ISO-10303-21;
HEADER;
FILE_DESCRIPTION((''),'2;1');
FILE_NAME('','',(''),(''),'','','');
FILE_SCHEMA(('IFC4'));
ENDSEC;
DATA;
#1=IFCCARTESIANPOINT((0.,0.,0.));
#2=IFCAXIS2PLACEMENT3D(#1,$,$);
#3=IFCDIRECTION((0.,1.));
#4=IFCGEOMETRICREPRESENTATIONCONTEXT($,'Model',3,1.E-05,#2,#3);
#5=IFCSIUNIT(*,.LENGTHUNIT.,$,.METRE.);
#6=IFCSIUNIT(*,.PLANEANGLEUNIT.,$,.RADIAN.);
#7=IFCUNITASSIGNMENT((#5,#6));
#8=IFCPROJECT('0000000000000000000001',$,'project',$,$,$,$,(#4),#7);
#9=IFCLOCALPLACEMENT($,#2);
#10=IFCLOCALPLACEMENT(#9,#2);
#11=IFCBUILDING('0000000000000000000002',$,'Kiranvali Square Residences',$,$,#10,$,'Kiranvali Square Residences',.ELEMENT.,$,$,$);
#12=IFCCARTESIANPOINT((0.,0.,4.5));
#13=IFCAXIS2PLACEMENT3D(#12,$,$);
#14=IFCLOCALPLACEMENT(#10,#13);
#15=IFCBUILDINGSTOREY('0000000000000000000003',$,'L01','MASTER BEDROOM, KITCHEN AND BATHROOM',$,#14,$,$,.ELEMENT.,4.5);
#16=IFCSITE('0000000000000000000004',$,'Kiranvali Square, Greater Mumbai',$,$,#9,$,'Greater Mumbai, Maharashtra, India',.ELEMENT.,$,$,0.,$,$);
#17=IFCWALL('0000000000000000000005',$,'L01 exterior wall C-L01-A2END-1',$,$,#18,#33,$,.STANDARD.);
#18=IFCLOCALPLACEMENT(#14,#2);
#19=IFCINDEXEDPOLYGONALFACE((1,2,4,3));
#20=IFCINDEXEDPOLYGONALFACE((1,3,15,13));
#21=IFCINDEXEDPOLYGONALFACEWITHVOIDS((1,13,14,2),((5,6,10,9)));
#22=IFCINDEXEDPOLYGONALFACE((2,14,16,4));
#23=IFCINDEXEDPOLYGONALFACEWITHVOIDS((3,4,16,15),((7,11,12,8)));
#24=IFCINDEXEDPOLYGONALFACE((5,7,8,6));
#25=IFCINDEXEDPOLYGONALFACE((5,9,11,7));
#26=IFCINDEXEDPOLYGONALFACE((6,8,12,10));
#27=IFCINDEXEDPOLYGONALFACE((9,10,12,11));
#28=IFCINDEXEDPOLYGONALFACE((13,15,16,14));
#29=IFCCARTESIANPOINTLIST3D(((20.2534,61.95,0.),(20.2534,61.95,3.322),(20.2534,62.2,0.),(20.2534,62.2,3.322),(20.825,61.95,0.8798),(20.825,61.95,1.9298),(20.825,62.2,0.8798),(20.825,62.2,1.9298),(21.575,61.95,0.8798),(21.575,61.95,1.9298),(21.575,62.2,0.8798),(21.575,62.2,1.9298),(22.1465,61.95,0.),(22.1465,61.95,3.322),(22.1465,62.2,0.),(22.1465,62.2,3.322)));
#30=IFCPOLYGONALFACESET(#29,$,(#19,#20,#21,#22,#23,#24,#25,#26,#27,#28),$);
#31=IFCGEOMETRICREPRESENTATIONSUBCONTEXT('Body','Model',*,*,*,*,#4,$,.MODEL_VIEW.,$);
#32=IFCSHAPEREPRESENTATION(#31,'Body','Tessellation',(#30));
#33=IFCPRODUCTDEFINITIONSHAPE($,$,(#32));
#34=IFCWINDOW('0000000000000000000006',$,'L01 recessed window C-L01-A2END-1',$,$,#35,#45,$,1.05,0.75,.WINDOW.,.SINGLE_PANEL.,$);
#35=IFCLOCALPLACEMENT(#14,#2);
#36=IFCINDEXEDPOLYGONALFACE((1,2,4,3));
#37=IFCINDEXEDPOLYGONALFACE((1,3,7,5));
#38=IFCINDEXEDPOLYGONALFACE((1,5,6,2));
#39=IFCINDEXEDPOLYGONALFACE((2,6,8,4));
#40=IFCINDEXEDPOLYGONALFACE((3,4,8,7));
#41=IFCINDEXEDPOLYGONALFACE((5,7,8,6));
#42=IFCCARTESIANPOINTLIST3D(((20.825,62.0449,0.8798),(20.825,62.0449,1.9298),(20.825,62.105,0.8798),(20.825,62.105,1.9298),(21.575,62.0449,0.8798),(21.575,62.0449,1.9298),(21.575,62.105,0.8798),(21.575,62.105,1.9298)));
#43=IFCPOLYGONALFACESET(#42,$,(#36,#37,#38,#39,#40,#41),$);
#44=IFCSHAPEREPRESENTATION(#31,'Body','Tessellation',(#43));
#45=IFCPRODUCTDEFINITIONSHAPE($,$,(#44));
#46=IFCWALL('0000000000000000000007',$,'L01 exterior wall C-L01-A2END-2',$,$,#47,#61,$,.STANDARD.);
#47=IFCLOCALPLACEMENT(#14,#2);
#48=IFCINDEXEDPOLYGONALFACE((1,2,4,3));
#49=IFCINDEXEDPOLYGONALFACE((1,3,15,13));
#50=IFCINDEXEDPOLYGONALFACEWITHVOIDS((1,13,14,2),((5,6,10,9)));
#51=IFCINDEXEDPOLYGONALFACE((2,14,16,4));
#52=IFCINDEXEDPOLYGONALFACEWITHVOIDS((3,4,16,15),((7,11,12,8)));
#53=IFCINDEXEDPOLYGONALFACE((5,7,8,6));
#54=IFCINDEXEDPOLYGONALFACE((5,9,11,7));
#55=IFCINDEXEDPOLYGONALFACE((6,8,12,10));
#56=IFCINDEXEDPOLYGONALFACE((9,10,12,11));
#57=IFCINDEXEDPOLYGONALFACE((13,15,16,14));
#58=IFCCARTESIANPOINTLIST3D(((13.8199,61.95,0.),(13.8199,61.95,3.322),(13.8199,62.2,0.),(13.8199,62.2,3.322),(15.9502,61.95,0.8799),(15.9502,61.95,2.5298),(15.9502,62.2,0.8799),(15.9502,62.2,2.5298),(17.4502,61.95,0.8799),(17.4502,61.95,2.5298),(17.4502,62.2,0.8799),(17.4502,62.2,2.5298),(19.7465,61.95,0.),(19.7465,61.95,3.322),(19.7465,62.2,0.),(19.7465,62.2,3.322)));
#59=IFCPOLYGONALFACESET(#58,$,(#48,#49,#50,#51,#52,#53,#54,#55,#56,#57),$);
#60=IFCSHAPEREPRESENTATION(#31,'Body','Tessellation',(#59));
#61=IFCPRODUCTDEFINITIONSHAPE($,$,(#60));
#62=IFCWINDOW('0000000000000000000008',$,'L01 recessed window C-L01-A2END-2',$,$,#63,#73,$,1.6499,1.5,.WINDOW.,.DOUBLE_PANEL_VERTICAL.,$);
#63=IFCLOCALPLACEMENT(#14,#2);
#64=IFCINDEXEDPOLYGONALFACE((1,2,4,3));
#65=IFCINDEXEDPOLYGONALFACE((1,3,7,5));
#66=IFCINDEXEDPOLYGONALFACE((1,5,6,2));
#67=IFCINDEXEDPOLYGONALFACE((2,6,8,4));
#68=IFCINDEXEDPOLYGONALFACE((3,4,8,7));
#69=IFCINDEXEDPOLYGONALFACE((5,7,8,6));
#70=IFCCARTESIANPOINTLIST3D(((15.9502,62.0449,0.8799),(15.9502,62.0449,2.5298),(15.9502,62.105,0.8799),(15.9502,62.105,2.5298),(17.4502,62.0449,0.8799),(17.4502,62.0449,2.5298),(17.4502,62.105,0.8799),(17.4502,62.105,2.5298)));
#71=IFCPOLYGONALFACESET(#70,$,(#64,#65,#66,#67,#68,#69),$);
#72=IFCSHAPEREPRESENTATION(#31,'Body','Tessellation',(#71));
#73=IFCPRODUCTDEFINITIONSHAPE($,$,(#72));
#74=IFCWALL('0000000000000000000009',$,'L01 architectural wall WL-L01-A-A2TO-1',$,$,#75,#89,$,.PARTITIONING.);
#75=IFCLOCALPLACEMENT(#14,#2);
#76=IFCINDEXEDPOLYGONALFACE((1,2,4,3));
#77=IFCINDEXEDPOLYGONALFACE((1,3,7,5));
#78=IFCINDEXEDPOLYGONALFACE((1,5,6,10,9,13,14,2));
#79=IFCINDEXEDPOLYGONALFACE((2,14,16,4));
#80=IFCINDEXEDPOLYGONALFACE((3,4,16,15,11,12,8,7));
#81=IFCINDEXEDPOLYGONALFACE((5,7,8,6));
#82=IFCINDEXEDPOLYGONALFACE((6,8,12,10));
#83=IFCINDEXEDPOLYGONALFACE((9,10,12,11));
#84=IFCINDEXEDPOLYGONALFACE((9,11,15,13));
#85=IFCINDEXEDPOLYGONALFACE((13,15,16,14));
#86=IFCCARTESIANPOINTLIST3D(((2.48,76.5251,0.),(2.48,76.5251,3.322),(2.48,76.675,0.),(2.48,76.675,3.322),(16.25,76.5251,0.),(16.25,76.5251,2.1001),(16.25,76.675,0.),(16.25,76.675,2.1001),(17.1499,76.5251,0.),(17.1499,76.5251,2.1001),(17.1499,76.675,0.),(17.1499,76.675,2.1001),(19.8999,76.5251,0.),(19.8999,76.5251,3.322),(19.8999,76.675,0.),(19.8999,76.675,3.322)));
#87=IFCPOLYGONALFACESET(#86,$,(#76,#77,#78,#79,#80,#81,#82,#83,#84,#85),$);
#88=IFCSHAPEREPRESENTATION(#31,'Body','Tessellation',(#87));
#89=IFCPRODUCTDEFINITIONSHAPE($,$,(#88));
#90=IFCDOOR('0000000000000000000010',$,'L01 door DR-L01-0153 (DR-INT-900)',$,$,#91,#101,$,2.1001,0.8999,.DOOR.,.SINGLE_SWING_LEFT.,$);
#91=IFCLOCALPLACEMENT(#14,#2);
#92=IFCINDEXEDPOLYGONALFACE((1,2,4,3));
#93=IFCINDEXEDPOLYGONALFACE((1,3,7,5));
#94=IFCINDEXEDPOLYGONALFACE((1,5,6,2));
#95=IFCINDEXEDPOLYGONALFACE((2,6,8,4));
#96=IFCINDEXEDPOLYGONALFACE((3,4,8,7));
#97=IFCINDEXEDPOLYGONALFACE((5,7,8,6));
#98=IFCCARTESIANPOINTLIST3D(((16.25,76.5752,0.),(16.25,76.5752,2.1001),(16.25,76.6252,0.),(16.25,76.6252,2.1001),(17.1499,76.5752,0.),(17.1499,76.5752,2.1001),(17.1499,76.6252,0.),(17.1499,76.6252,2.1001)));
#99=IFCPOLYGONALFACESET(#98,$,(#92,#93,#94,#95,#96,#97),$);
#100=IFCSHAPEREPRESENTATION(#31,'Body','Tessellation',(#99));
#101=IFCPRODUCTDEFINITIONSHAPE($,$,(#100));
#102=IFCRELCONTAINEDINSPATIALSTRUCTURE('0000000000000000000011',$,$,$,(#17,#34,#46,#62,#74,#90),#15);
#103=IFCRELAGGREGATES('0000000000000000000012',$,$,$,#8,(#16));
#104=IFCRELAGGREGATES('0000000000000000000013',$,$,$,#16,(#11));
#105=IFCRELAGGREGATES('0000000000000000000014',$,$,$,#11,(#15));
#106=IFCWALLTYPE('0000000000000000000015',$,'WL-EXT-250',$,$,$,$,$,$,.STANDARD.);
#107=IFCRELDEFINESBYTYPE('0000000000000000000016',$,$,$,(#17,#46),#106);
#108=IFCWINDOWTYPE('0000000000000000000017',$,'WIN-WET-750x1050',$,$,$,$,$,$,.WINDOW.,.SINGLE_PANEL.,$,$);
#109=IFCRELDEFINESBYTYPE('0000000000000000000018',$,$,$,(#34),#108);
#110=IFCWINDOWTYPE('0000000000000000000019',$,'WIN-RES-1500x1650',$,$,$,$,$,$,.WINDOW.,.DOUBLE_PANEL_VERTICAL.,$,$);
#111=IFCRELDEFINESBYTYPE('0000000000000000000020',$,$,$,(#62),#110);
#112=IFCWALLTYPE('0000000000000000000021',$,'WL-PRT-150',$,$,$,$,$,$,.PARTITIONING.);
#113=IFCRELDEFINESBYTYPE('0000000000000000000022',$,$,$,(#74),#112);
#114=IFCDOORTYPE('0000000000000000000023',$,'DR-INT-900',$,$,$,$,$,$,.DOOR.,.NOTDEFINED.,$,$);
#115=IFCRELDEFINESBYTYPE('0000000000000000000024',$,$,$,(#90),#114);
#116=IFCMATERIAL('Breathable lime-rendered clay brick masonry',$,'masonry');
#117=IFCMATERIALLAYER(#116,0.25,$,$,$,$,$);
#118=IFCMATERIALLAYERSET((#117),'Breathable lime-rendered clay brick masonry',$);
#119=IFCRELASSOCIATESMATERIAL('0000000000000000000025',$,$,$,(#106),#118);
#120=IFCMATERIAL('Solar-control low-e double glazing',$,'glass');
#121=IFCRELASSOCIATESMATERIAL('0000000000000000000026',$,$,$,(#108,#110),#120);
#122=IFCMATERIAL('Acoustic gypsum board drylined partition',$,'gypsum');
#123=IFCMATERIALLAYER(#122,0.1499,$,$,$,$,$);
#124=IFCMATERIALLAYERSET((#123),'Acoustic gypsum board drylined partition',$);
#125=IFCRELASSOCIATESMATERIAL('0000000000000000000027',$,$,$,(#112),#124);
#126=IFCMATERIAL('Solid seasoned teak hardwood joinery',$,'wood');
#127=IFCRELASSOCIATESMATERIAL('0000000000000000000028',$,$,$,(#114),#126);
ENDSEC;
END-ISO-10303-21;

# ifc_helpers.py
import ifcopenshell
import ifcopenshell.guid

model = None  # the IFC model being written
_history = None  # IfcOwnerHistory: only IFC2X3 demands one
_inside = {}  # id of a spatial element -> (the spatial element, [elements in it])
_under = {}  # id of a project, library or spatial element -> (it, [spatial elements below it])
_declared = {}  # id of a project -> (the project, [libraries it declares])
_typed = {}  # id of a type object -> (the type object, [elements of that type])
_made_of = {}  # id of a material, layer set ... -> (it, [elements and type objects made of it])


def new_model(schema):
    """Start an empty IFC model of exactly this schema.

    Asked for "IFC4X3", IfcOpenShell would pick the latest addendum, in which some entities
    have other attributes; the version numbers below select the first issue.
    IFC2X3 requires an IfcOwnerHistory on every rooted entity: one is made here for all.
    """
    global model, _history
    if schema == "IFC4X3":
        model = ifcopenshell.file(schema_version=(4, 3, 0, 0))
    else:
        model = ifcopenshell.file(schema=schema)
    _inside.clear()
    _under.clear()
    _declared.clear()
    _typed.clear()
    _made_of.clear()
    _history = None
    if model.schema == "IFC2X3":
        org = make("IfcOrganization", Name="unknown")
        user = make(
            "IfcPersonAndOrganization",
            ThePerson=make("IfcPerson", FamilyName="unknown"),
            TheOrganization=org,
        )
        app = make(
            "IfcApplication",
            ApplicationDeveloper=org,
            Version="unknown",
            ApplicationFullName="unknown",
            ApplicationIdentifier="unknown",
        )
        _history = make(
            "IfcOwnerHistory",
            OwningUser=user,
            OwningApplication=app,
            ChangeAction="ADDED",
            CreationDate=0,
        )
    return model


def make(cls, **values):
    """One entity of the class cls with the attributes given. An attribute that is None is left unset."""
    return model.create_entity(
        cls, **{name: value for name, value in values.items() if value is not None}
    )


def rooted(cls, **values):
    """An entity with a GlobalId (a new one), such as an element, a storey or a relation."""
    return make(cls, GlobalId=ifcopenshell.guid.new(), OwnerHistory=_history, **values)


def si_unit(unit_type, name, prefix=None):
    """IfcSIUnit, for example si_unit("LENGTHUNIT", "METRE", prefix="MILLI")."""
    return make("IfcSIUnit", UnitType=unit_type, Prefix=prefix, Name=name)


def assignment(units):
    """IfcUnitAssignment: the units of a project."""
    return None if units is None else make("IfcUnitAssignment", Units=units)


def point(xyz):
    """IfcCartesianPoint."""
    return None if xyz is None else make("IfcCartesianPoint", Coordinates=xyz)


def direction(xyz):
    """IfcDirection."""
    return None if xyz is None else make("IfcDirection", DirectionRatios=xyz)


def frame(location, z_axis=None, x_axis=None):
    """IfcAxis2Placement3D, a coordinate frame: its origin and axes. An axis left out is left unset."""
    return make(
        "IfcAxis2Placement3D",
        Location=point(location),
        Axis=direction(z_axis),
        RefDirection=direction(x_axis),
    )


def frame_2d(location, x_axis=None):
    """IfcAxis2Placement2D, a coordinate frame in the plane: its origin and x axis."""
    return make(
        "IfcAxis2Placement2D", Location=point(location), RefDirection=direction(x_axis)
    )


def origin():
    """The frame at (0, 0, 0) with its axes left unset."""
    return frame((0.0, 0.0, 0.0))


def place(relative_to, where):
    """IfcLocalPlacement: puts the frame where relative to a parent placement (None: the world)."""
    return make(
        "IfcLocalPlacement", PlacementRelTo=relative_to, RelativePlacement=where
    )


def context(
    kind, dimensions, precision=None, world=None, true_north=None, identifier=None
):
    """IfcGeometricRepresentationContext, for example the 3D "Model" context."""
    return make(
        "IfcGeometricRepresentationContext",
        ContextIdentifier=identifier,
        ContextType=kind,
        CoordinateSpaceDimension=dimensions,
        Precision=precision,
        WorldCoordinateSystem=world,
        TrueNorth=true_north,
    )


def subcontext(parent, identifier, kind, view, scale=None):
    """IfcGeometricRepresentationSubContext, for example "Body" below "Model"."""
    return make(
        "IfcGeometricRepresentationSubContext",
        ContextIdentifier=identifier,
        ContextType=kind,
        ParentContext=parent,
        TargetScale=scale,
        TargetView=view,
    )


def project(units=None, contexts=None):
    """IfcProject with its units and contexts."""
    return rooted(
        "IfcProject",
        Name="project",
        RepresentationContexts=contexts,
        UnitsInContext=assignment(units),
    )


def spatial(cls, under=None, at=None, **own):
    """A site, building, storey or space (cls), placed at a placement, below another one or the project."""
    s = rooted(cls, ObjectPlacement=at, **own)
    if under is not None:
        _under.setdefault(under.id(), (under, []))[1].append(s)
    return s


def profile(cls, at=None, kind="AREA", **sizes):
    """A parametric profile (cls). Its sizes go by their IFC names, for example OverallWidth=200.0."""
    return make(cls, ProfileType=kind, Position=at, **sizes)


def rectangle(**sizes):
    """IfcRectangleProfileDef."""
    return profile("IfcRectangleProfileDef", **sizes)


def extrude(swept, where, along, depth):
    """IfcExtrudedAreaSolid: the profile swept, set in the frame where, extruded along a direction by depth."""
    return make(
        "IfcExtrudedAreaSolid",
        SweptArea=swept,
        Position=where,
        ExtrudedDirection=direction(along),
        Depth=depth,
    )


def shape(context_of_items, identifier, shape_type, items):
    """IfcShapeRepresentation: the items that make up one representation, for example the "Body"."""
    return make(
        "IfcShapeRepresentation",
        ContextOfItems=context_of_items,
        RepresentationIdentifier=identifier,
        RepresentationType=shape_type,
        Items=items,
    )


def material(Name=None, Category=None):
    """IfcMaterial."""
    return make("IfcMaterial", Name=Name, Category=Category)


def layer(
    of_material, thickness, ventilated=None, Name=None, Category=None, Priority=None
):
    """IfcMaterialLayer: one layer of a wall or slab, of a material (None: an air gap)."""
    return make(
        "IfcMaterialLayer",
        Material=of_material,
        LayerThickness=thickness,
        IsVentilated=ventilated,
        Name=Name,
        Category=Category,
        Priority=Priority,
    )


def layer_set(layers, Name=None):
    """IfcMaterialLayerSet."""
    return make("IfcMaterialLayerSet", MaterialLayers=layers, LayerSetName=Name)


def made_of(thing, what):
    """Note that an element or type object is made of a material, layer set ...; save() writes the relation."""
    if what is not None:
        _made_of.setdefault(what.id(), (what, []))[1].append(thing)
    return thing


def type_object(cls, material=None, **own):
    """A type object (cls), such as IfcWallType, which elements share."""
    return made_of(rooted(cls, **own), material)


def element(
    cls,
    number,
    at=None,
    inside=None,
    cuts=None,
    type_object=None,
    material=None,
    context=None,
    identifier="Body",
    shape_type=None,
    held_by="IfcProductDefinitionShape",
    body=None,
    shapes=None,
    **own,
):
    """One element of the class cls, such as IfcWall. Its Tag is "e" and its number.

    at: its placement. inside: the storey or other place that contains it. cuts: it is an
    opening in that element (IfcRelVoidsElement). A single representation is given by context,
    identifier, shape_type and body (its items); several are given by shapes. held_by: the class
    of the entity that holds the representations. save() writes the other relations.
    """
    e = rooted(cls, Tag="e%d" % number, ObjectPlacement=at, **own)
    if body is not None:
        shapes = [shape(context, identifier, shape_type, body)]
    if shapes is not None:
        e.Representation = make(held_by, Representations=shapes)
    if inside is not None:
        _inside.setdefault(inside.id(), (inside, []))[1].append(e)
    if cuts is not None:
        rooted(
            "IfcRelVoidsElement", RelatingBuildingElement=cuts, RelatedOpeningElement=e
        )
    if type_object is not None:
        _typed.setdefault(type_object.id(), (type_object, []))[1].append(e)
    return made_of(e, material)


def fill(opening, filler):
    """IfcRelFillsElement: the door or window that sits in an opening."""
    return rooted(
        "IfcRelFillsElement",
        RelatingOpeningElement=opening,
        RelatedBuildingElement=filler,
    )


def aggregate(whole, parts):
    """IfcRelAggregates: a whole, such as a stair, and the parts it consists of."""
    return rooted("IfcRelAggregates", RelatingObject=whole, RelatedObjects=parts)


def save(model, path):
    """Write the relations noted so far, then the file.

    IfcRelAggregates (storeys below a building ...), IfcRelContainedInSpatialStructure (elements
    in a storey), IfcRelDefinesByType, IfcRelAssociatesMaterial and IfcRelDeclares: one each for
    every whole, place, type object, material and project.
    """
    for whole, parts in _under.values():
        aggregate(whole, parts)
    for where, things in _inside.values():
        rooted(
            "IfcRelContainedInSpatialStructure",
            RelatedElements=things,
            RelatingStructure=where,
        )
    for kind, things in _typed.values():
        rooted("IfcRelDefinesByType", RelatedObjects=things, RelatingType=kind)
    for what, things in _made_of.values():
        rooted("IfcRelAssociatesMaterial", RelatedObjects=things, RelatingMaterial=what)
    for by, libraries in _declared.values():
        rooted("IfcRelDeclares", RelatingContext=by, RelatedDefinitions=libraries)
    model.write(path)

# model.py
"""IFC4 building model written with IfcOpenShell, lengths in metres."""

from ifc_helpers import new_model, si_unit, direction, frame, frame_2d, origin, place, context, subcontext, project, spatial, rectangle, extrude, material, layer, layer_set, type_object, element, fill, save


model = new_model("IFC4")

# Units and contexts
model_context = context("Model", 3, precision=1e-05, world=origin(), true_north=direction((0.0, 1.0)))
body_context = subcontext(model_context, "Body", "Model", "MODEL_VIEW")
ifc_project = project(units=[si_unit("LENGTHUNIT", "METRE"), si_unit("PLANEANGLEUNIT", "RADIAN")], contexts=[model_context])

# Site, building, storey
site_placement = place(None, origin())
site = spatial("IfcSite", under=ifc_project, at=site_placement, Name="Kiranvali Square, Greater Mumbai", LongName="Greater Mumbai, Maharashtra, India", CompositionType="ELEMENT", RefElevation=0.0)
building_placement = place(site_placement, origin())
building = spatial("IfcBuilding", under=site, at=building_placement, Name="Kiranvali Square Residences", LongName="Kiranvali Square Residences", CompositionType="ELEMENT")
storey_placement = place(building_placement, frame((0.0, 0.0, 4.5)))
storey = spatial("IfcBuildingStorey", under=building, at=storey_placement, Name="L01", Description="MASTER BEDROOM, KITCHEN AND BATHROOM", CompositionType="ELEMENT", Elevation=4.5)

# Walls, openings, windows
ifc_material_1 = material(Name="Breathable lime-rendered clay brick masonry", Category="masonry")
ifc_layer_1 = layer(ifc_material_1, 0.25)
ifc_layer_set_1 = layer_set([ifc_layer_1], Name="Breathable lime-rendered clay brick masonry")
wall_type_1 = type_object("IfcWallType", Name="WL-EXT-250", PredefinedType="STANDARD", material=ifc_layer_set_1)
ifc_material_2 = material(Name="Solar-control low-e double glazing", Category="glass")
window_type_1 = type_object("IfcWindowType", Name="WIN-WET-750x1050", PartitioningType="SINGLE_PANEL", PredefinedType="WINDOW", material=ifc_material_2)
window_type_2 = type_object("IfcWindowType", Name="WIN-RES-1500x1650", PartitioningType="DOUBLE_PANEL_VERTICAL", PredefinedType="WINDOW", material=ifc_material_2)
wall_1_placement = place(storey_placement, frame((22.1465, 62.075, 0.0), z_axis=(0.0, 0.0, 1.0), x_axis=(-1.0, 0.0, 0.0)))
wall_1 = element("IfcWall", 1, at=wall_1_placement, inside=storey, type_object=wall_type_1, Name="L01 exterior wall C-L01-A2END-1", PredefinedType="STANDARD", context=body_context, shape_type="SweptSolid", body=[
    extrude(rectangle(XDim=1.8931, YDim=0.25, at=frame_2d((0.9465, 0.0))), origin(), (0.0, 0.0, 1.0), 3.322),
])
opening_1_placement = place(wall_1_placement, frame((0.5715, 0.0, 0.8799)))
opening_1 = element("IfcOpeningElement", 2, at=opening_1_placement, cuts=wall_1, PredefinedType="OPENING", context=body_context, shape_type="SweptSolid", body=[
    extrude(rectangle(XDim=0.75, YDim=1.05, at=frame_2d((0.375, 0.5249))), frame((0.0, 0.135, 0.0), z_axis=(0.0, -1.0, 0.0), x_axis=(1.0, 0.0, 0.0)), (0.0, 0.0, 1.0), 0.27),
])
window_1_placement = place(opening_1_placement, origin())
window_1 = element("IfcWindow", 3, at=window_1_placement, inside=storey, type_object=window_type_1, Name="L01 recessed window C-L01-A2END-1", OverallHeight=1.05, OverallWidth=0.75, PartitioningType="SINGLE_PANEL", PredefinedType="WINDOW", context=body_context, shape_type="SweptSolid", body=[
    extrude(rectangle(XDim=0.75, YDim=1.05, at=frame_2d((0.375, 0.5249))), frame((0.0, 0.03, 0.0), z_axis=(0.0, -1.0, 0.0), x_axis=(1.0, 0.0, 0.0)), (0.0, 0.0, 1.0), 0.0601),
])
fill(opening_1, window_1)
wall_2_placement = place(storey_placement, frame((19.7466, 62.075, 0.0), z_axis=(0.0, 0.0, 1.0), x_axis=(-1.0, 0.0, 0.0)))
wall_2 = element("IfcWall", 4, at=wall_2_placement, inside=storey, type_object=wall_type_1, Name="L01 exterior wall C-L01-A2END-2", PredefinedType="STANDARD", context=body_context, shape_type="SweptSolid", body=[
    extrude(rectangle(XDim=5.9265, YDim=0.25, at=frame_2d((2.9634, 0.0))), origin(), (0.0, 0.0, 1.0), 3.322),
])
opening_2_placement = place(wall_2_placement, frame((2.2964, 0.0, 0.8799)))
opening_2 = element("IfcOpeningElement", 5, at=opening_2_placement, cuts=wall_2, PredefinedType="OPENING", context=body_context, shape_type="SweptSolid", body=[
    extrude(rectangle(XDim=1.5, YDim=1.6499, at=frame_2d((0.75, 0.825))), frame((0.0, 0.135, 0.0), z_axis=(0.0, -1.0, 0.0), x_axis=(1.0, 0.0, 0.0)), (0.0, 0.0, 1.0), 0.27),
])
window_2_placement = place(opening_2_placement, origin())
window_2 = element("IfcWindow", 6, at=window_2_placement, inside=storey, type_object=window_type_2, Name="L01 recessed window C-L01-A2END-2", OverallHeight=1.6499, OverallWidth=1.5, PartitioningType="DOUBLE_PANEL_VERTICAL", PredefinedType="WINDOW", context=body_context, shape_type="SweptSolid", body=[
    extrude(rectangle(XDim=1.5, YDim=1.6499, at=frame_2d((0.75, 0.825))), frame((0.0, 0.03, 0.0), z_axis=(0.0, -1.0, 0.0), x_axis=(1.0, 0.0, 0.0)), (0.0, 0.0, 1.0), 0.0601),
])
fill(opening_2, window_2)

# Wall, opening, door
ifc_material_3 = material(Name="Acoustic gypsum board drylined partition", Category="gypsum")
ifc_layer_2 = layer(ifc_material_3, 0.1499)
ifc_layer_set_2 = layer_set([ifc_layer_2], Name="Acoustic gypsum board drylined partition")
wall_type_2 = type_object("IfcWallType", Name="WL-PRT-150", PredefinedType="PARTITIONING", material=ifc_layer_set_2)
wall_3_placement = place(storey_placement, frame((19.8999, 76.6001, 0.0), z_axis=(0.0, 0.0, 1.0), x_axis=(-1.0, 0.0, 0.0)))
wall_3 = element("IfcWall", 7, at=wall_3_placement, inside=storey, type_object=wall_type_2, Name="L01 architectural wall WL-L01-A-A2TO-1", PredefinedType="PARTITIONING", context=body_context, shape_type="SweptSolid", body=[
    extrude(rectangle(XDim=17.4199, YDim=0.1499, at=frame_2d((8.71, 0.0))), origin(), (0.0, 0.0, 1.0), 3.322),
])
opening_3_placement = place(wall_3_placement, frame((2.75, 0.0, 0.0)))
opening_3 = element("IfcOpeningElement", 8, at=opening_3_placement, cuts=wall_3, PredefinedType="OPENING", context=body_context, shape_type="SweptSolid", body=[
    extrude(rectangle(XDim=0.8999, YDim=2.1001, at=frame_2d((0.45, 1.05))), frame((0.0, 0.085, 0.0), z_axis=(0.0, -1.0, 0.0), x_axis=(1.0, 0.0, 0.0)), (0.0, 0.0, 1.0), 0.1699),
])
ifc_material_4 = material(Name="Solid seasoned teak hardwood joinery", Category="wood")
door_type = type_object("IfcDoorType", Name="DR-INT-900", OperationType="NOTDEFINED", PredefinedType="DOOR", material=ifc_material_4)
door_placement = place(opening_3_placement, origin())
door = element("IfcDoor", 9, at=door_placement, inside=storey, type_object=door_type, Name="L01 door DR-L01-0153 (DR-INT-900)", OperationType="SINGLE_SWING_LEFT", OverallHeight=2.1001, OverallWidth=0.8999, PredefinedType="DOOR", context=body_context, shape_type="SweptSolid", body=[
    extrude(rectangle(XDim=0.8999, YDim=2.1001, at=frame_2d((0.45, 1.05))), frame((0.0, 0.0249, 0.0), z_axis=(0.0, -1.0, 0.0), x_axis=(1.0, 0.0, 0.0)), (0.0, 0.0, 1.0), 0.05),
])
fill(opening_3, door)

save(model, "model.ifc")
